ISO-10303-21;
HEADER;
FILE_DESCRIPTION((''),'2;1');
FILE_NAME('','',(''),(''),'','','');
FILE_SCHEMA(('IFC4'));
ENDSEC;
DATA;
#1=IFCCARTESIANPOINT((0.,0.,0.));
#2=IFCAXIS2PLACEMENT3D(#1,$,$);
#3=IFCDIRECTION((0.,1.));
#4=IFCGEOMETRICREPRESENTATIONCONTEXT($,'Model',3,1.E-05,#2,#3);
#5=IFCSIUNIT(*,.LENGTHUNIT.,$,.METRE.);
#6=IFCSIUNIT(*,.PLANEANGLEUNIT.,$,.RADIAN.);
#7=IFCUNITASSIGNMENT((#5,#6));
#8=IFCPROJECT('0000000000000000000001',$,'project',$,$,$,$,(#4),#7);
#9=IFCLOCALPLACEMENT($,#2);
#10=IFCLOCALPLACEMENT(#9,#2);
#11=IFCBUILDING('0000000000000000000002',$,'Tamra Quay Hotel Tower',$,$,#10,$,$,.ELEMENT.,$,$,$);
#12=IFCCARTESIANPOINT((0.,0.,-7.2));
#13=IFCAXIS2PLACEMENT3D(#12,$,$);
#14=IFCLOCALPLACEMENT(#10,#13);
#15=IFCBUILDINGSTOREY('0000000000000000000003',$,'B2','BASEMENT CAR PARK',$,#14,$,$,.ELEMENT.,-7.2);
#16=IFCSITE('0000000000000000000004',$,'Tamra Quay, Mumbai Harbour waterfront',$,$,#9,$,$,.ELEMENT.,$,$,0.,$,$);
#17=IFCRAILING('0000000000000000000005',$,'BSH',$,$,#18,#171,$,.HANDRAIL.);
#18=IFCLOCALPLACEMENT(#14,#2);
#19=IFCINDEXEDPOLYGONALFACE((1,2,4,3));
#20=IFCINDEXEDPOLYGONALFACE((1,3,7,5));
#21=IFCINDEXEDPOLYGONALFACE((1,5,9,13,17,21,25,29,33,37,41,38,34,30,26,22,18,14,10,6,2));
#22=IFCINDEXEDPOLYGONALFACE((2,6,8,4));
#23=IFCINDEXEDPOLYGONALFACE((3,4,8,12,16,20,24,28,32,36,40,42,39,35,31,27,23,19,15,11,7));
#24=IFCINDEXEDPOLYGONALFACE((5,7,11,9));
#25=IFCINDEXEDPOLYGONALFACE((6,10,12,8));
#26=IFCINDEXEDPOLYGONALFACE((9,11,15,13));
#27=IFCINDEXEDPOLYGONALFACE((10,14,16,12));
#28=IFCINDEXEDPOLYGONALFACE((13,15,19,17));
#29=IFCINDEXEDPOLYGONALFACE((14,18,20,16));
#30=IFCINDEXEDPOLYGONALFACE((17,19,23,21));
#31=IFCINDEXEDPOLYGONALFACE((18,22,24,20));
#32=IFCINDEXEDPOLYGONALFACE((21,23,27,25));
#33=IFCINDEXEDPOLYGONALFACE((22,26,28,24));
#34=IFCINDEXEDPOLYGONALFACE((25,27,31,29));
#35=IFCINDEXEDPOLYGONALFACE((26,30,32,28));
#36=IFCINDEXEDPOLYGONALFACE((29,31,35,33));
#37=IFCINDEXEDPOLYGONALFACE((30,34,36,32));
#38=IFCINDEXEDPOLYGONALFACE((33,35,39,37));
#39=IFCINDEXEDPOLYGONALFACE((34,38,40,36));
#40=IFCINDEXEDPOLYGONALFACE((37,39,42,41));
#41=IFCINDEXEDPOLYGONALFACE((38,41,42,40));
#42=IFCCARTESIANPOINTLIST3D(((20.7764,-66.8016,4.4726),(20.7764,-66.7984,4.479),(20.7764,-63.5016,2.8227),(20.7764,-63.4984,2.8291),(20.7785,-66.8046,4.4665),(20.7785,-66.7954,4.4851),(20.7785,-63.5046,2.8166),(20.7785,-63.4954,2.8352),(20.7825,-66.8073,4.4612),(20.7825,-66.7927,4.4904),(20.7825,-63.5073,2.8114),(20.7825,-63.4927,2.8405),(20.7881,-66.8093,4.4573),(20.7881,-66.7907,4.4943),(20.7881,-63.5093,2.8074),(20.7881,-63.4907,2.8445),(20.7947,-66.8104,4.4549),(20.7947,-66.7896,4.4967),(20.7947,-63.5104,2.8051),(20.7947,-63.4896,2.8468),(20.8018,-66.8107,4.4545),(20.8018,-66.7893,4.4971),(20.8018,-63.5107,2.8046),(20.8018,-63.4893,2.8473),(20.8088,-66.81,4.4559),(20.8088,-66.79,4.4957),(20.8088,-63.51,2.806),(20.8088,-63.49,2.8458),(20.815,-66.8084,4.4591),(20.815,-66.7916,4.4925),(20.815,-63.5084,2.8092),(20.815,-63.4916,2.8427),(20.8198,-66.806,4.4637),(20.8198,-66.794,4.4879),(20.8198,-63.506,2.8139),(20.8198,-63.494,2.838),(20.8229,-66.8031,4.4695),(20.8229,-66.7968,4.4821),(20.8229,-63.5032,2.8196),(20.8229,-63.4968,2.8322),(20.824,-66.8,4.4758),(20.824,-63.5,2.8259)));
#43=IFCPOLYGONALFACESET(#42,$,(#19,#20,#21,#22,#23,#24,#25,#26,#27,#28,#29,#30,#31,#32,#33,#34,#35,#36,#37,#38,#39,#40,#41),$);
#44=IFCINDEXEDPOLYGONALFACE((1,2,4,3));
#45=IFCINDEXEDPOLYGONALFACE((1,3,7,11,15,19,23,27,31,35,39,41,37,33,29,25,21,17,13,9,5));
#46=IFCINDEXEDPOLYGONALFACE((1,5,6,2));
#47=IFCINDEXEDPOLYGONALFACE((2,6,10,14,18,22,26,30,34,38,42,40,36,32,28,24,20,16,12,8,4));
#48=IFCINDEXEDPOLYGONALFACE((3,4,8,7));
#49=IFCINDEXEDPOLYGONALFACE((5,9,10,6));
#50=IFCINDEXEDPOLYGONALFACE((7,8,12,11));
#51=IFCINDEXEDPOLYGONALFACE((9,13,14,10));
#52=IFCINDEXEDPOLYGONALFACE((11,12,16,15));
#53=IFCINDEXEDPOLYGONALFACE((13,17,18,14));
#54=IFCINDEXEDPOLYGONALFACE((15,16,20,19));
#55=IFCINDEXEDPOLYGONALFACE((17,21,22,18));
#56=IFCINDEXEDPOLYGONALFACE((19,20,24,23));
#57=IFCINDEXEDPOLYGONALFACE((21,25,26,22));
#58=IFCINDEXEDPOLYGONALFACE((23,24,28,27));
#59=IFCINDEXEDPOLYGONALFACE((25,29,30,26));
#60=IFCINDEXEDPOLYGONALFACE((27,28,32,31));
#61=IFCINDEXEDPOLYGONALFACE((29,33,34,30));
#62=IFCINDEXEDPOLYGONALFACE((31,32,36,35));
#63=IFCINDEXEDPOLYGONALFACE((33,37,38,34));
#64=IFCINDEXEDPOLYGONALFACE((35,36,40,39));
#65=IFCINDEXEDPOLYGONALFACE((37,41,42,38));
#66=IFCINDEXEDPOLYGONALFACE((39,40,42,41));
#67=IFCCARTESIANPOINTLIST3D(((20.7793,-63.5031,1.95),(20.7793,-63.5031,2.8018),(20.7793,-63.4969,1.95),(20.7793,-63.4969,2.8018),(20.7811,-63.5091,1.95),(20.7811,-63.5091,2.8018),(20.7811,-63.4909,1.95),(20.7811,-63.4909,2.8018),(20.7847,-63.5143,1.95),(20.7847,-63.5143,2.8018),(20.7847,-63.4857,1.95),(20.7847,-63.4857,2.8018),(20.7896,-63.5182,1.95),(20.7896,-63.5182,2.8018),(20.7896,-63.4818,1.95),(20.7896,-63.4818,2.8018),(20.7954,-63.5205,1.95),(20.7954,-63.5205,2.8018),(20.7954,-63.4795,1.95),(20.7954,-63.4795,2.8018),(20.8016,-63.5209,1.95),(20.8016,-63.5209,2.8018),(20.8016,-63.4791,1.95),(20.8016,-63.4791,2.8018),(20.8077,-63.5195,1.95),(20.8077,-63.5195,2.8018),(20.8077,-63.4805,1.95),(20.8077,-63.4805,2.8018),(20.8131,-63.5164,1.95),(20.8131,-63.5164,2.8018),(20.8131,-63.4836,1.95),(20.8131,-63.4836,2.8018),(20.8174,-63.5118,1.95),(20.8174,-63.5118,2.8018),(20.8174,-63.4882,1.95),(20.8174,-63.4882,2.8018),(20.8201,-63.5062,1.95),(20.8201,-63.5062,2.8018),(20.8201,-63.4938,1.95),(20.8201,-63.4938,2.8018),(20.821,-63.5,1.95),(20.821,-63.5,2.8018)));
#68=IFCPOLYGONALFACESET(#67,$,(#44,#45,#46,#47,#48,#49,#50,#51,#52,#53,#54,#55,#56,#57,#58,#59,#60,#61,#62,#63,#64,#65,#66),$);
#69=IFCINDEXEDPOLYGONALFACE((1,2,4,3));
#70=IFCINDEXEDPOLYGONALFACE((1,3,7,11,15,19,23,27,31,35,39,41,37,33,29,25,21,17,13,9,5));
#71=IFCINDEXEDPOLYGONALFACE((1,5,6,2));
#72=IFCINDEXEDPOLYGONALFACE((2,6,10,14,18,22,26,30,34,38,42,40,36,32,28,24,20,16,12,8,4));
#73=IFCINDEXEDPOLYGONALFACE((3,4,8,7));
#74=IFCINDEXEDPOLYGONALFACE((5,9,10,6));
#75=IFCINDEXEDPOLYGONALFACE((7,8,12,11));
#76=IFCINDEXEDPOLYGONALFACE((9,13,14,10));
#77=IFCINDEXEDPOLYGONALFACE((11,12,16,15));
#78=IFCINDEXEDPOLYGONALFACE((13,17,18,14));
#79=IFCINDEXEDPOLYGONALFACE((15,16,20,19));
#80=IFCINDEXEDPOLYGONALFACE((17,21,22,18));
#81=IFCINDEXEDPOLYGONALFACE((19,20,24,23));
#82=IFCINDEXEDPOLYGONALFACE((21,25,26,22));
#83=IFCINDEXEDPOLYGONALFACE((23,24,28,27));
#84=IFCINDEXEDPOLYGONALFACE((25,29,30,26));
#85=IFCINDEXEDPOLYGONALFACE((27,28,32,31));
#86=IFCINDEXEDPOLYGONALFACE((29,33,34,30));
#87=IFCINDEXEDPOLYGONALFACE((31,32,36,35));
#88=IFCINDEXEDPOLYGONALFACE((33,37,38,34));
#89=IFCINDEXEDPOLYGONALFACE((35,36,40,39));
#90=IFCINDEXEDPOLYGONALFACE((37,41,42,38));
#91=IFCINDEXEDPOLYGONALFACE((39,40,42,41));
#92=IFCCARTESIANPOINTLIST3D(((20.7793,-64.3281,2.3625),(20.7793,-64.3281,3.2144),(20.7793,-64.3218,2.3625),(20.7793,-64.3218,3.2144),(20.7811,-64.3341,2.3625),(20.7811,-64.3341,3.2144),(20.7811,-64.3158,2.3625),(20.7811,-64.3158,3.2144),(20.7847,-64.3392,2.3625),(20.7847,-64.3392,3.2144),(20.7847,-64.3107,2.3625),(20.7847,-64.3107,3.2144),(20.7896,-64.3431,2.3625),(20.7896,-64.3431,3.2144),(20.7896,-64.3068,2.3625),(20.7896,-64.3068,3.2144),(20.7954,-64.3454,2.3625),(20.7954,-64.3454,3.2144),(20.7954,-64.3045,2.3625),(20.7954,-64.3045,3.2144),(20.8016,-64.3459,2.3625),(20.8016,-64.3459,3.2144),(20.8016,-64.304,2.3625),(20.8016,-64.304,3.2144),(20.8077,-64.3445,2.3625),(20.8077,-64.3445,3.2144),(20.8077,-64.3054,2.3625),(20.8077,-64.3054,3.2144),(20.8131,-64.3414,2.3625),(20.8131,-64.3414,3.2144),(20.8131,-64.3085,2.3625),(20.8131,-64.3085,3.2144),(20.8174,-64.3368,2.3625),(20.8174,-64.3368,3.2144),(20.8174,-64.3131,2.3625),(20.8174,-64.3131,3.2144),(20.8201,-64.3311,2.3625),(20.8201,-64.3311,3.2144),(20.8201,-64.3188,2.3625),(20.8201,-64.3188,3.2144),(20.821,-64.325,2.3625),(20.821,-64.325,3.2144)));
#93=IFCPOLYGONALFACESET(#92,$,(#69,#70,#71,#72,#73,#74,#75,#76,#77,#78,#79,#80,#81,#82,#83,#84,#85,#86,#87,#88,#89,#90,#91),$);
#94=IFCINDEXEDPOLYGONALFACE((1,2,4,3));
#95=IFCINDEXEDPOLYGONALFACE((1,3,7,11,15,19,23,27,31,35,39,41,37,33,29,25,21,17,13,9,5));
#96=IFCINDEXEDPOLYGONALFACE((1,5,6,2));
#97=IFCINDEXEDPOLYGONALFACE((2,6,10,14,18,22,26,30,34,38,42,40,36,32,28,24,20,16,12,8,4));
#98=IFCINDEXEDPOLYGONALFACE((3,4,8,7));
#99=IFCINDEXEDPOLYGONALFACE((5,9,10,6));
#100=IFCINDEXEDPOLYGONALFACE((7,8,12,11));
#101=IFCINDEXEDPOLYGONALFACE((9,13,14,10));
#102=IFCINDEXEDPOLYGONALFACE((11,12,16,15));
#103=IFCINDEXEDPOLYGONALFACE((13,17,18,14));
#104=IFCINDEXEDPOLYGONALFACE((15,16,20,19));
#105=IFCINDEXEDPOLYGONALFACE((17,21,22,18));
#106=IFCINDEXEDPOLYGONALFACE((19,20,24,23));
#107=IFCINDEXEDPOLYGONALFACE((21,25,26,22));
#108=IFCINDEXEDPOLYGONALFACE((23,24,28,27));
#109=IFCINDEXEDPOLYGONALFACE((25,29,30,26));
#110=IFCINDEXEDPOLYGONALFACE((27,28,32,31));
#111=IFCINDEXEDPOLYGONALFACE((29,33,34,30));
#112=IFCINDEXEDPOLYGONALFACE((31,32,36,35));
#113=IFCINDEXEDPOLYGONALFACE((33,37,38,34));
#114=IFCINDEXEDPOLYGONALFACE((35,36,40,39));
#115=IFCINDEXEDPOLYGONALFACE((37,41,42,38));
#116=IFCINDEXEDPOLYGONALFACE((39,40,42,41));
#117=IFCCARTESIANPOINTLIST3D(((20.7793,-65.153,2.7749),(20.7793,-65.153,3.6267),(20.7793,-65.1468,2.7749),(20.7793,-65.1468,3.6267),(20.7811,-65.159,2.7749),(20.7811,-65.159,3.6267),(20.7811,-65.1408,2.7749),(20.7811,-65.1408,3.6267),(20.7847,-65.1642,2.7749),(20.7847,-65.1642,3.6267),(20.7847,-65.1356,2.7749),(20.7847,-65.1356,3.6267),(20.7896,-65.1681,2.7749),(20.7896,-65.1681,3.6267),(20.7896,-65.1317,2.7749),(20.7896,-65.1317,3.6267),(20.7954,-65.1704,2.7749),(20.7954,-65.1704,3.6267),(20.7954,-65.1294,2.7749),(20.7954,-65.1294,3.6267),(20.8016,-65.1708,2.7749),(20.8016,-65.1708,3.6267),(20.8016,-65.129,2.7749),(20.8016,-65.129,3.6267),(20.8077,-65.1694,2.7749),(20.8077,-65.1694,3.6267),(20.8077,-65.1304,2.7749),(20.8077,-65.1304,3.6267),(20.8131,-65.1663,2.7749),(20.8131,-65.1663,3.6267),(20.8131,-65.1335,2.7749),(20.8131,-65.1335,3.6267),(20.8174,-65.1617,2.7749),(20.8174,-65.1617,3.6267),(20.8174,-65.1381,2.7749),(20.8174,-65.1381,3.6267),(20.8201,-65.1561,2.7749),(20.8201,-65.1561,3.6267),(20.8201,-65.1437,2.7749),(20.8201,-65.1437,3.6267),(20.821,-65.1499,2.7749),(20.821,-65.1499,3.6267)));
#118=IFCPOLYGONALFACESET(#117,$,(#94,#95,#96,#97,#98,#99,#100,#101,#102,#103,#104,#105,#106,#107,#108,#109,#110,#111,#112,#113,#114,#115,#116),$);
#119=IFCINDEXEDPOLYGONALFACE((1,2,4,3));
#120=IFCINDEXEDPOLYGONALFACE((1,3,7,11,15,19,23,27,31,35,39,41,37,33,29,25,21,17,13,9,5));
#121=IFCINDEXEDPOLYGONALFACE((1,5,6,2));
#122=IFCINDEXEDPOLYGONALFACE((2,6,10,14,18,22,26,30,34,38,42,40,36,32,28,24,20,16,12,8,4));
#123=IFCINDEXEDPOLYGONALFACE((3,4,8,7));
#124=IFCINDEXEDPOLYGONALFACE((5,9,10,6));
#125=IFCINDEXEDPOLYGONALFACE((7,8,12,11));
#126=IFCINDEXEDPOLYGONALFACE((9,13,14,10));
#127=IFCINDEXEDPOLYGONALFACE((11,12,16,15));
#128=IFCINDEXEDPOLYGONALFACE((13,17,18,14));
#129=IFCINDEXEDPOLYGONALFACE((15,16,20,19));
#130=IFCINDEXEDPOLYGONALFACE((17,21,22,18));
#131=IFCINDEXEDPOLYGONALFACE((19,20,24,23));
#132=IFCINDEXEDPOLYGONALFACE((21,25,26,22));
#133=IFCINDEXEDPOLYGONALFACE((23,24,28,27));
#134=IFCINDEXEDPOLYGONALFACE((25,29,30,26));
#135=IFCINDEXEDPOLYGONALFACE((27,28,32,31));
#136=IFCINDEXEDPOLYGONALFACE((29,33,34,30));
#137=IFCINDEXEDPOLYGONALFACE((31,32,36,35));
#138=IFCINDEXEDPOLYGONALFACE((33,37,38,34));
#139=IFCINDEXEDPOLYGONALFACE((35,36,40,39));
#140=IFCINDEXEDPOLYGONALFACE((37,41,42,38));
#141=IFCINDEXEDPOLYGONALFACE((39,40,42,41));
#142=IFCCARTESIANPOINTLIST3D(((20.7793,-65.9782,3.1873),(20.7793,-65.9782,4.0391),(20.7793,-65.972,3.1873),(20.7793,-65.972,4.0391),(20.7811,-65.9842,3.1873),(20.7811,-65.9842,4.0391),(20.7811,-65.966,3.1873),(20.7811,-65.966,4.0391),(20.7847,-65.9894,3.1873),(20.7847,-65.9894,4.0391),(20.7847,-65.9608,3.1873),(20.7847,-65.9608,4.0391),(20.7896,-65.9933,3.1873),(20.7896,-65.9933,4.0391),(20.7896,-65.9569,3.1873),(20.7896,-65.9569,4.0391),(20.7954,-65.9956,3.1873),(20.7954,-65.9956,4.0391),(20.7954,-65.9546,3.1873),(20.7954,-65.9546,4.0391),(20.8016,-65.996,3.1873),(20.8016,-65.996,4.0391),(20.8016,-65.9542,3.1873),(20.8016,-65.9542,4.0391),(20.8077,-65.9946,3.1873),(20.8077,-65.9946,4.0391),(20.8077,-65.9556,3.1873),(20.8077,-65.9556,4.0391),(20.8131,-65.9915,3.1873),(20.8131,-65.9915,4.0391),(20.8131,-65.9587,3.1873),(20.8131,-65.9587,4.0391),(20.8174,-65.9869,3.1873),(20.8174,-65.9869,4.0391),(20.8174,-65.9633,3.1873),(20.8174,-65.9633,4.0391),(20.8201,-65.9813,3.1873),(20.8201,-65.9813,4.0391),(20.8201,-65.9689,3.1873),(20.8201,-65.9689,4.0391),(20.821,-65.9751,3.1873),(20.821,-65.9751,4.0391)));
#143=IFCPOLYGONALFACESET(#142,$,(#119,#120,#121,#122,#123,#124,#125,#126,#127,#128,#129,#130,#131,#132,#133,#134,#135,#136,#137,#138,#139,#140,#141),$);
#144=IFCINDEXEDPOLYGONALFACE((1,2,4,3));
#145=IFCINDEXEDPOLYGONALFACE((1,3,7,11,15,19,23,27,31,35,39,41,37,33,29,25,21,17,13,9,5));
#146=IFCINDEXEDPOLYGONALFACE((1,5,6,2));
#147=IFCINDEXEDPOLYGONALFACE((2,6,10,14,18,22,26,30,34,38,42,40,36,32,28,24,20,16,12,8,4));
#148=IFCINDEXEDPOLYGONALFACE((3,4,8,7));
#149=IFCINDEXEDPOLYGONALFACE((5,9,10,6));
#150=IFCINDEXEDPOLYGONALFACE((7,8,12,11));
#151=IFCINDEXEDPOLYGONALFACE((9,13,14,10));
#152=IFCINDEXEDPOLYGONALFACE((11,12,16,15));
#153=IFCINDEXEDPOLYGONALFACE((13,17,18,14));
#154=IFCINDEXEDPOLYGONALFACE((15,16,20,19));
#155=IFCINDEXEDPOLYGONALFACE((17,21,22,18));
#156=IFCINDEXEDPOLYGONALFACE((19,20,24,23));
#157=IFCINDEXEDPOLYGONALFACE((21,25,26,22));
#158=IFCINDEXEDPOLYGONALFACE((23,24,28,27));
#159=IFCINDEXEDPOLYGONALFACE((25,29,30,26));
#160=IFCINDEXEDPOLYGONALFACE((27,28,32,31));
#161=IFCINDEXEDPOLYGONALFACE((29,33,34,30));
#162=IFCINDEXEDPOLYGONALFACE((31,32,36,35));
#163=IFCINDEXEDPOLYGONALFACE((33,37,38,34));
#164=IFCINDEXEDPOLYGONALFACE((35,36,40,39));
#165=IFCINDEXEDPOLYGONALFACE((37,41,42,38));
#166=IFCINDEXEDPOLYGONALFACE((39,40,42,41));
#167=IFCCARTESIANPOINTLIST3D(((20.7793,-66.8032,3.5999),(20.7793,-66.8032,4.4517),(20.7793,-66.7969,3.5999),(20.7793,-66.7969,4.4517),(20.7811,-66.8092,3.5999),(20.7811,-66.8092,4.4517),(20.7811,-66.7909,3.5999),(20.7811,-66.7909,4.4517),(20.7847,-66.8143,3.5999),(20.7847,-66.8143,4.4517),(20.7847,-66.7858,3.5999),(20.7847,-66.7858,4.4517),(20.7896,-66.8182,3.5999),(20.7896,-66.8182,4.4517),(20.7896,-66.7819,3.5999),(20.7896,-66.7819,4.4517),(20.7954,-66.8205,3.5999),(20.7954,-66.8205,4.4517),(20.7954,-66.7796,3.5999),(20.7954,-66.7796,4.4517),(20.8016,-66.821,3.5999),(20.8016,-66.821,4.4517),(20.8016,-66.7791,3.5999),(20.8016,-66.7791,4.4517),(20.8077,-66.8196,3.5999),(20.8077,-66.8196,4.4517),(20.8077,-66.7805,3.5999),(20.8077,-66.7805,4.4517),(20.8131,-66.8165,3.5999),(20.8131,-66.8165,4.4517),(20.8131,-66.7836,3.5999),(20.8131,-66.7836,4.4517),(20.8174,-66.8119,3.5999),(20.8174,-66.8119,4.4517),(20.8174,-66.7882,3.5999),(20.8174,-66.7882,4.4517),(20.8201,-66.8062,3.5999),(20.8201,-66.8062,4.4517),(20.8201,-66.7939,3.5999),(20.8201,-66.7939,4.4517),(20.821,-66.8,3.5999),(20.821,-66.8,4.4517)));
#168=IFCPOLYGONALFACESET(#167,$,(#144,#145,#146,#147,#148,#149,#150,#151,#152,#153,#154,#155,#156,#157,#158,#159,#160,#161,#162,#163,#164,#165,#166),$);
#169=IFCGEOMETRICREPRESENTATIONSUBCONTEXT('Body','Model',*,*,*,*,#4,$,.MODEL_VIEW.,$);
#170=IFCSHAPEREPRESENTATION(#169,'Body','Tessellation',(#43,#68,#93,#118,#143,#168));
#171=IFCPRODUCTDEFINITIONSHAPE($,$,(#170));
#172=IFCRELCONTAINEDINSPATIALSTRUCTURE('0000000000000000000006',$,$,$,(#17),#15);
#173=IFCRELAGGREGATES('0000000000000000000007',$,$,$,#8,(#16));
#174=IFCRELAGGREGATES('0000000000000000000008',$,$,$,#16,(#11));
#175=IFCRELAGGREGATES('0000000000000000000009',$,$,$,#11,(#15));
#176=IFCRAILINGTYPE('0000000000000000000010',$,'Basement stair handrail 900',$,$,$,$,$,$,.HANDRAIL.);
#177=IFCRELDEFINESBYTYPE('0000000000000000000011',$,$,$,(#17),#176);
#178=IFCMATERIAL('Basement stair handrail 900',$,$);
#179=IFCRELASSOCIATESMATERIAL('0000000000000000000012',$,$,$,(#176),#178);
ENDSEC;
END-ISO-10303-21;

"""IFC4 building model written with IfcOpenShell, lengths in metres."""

from ifc_helpers import new_model, si_unit, direction, frame, origin, origin_2d, place, context, subcontext, project, spatial, circle, extrude, material, type_object, element, save


model = new_model("IFC4")

# Units and contexts
model_context = context("Model", 3, precision=1e-05, world=origin(), true_north=direction((0.0, 1.0)))
body_context = subcontext(model_context, "Body", "Model", "MODEL_VIEW")
ifc_project = project(units=[si_unit("LENGTHUNIT", "METRE"), si_unit("PLANEANGLEUNIT", "RADIAN")], contexts=[model_context])

# Site, building, storey
site_placement = place(None, origin())
site = spatial("IfcSite", under=ifc_project, at=site_placement, Name="Tamra Quay, Mumbai Harbour waterfront", CompositionType="ELEMENT", RefElevation=0.0)
building_placement = place(site_placement, origin())
building = spatial("IfcBuilding", under=site, at=building_placement, Name="Tamra Quay Hotel Tower", CompositionType="ELEMENT")
storey_placement = place(building_placement, frame((0.0, 0.0, -7.2)))
storey = spatial("IfcBuildingStorey", under=building, at=storey_placement, Name="B2", Description="BASEMENT CAR PARK", CompositionType="ELEMENT", Elevation=-7.2)

# Railing
ifc_material_1 = material(Name="Basement stair handrail 900")
railing_type_1 = type_object("IfcRailingType", Name="Basement stair handrail 900", PredefinedType="HANDRAIL", material=ifc_material_1)
railing_1_placement = place(storey_placement, frame((20.8, -63.5, 1.95)))
element("IfcRailing", 1, at=railing_1_placement, inside=storey, type_object=railing_type_1, Name="BSH", PredefinedType="HANDRAIL", context=body_context, shape_type="SweptSolid", body=[
    extrude(circle(Radius=0.0239, at=origin_2d()), frame((0.0, 0.0, 0.876), z_axis=(0.0, -0.89444, 0.447187), x_axis=(1.0, 0.0, 0.0)), (0.0, 0.0, 1.0), 3.6895),
    extrude(circle(Radius=0.021, at=origin_2d()), origin(), (0.0, 0.0, 1.0), 0.8518),
    extrude(circle(Radius=0.021, at=origin_2d()), frame((0.0, -0.825, 0.4126)), (0.0, 0.0, 1.0), 0.8518),
    extrude(circle(Radius=0.021, at=origin_2d()), frame((0.0, -1.6499, 0.825)), (0.0, 0.0, 1.0), 0.8518),
    extrude(circle(Radius=0.021, at=origin_2d()), frame((0.0, -2.4751, 1.2373)), (0.0, 0.0, 1.0), 0.8518),
    extrude(circle(Radius=0.021, at=origin_2d()), frame((0.0, -3.3, 1.6499)), (0.0, 0.0, 1.0), 0.8518),
])

save(model, "model.ifc")
